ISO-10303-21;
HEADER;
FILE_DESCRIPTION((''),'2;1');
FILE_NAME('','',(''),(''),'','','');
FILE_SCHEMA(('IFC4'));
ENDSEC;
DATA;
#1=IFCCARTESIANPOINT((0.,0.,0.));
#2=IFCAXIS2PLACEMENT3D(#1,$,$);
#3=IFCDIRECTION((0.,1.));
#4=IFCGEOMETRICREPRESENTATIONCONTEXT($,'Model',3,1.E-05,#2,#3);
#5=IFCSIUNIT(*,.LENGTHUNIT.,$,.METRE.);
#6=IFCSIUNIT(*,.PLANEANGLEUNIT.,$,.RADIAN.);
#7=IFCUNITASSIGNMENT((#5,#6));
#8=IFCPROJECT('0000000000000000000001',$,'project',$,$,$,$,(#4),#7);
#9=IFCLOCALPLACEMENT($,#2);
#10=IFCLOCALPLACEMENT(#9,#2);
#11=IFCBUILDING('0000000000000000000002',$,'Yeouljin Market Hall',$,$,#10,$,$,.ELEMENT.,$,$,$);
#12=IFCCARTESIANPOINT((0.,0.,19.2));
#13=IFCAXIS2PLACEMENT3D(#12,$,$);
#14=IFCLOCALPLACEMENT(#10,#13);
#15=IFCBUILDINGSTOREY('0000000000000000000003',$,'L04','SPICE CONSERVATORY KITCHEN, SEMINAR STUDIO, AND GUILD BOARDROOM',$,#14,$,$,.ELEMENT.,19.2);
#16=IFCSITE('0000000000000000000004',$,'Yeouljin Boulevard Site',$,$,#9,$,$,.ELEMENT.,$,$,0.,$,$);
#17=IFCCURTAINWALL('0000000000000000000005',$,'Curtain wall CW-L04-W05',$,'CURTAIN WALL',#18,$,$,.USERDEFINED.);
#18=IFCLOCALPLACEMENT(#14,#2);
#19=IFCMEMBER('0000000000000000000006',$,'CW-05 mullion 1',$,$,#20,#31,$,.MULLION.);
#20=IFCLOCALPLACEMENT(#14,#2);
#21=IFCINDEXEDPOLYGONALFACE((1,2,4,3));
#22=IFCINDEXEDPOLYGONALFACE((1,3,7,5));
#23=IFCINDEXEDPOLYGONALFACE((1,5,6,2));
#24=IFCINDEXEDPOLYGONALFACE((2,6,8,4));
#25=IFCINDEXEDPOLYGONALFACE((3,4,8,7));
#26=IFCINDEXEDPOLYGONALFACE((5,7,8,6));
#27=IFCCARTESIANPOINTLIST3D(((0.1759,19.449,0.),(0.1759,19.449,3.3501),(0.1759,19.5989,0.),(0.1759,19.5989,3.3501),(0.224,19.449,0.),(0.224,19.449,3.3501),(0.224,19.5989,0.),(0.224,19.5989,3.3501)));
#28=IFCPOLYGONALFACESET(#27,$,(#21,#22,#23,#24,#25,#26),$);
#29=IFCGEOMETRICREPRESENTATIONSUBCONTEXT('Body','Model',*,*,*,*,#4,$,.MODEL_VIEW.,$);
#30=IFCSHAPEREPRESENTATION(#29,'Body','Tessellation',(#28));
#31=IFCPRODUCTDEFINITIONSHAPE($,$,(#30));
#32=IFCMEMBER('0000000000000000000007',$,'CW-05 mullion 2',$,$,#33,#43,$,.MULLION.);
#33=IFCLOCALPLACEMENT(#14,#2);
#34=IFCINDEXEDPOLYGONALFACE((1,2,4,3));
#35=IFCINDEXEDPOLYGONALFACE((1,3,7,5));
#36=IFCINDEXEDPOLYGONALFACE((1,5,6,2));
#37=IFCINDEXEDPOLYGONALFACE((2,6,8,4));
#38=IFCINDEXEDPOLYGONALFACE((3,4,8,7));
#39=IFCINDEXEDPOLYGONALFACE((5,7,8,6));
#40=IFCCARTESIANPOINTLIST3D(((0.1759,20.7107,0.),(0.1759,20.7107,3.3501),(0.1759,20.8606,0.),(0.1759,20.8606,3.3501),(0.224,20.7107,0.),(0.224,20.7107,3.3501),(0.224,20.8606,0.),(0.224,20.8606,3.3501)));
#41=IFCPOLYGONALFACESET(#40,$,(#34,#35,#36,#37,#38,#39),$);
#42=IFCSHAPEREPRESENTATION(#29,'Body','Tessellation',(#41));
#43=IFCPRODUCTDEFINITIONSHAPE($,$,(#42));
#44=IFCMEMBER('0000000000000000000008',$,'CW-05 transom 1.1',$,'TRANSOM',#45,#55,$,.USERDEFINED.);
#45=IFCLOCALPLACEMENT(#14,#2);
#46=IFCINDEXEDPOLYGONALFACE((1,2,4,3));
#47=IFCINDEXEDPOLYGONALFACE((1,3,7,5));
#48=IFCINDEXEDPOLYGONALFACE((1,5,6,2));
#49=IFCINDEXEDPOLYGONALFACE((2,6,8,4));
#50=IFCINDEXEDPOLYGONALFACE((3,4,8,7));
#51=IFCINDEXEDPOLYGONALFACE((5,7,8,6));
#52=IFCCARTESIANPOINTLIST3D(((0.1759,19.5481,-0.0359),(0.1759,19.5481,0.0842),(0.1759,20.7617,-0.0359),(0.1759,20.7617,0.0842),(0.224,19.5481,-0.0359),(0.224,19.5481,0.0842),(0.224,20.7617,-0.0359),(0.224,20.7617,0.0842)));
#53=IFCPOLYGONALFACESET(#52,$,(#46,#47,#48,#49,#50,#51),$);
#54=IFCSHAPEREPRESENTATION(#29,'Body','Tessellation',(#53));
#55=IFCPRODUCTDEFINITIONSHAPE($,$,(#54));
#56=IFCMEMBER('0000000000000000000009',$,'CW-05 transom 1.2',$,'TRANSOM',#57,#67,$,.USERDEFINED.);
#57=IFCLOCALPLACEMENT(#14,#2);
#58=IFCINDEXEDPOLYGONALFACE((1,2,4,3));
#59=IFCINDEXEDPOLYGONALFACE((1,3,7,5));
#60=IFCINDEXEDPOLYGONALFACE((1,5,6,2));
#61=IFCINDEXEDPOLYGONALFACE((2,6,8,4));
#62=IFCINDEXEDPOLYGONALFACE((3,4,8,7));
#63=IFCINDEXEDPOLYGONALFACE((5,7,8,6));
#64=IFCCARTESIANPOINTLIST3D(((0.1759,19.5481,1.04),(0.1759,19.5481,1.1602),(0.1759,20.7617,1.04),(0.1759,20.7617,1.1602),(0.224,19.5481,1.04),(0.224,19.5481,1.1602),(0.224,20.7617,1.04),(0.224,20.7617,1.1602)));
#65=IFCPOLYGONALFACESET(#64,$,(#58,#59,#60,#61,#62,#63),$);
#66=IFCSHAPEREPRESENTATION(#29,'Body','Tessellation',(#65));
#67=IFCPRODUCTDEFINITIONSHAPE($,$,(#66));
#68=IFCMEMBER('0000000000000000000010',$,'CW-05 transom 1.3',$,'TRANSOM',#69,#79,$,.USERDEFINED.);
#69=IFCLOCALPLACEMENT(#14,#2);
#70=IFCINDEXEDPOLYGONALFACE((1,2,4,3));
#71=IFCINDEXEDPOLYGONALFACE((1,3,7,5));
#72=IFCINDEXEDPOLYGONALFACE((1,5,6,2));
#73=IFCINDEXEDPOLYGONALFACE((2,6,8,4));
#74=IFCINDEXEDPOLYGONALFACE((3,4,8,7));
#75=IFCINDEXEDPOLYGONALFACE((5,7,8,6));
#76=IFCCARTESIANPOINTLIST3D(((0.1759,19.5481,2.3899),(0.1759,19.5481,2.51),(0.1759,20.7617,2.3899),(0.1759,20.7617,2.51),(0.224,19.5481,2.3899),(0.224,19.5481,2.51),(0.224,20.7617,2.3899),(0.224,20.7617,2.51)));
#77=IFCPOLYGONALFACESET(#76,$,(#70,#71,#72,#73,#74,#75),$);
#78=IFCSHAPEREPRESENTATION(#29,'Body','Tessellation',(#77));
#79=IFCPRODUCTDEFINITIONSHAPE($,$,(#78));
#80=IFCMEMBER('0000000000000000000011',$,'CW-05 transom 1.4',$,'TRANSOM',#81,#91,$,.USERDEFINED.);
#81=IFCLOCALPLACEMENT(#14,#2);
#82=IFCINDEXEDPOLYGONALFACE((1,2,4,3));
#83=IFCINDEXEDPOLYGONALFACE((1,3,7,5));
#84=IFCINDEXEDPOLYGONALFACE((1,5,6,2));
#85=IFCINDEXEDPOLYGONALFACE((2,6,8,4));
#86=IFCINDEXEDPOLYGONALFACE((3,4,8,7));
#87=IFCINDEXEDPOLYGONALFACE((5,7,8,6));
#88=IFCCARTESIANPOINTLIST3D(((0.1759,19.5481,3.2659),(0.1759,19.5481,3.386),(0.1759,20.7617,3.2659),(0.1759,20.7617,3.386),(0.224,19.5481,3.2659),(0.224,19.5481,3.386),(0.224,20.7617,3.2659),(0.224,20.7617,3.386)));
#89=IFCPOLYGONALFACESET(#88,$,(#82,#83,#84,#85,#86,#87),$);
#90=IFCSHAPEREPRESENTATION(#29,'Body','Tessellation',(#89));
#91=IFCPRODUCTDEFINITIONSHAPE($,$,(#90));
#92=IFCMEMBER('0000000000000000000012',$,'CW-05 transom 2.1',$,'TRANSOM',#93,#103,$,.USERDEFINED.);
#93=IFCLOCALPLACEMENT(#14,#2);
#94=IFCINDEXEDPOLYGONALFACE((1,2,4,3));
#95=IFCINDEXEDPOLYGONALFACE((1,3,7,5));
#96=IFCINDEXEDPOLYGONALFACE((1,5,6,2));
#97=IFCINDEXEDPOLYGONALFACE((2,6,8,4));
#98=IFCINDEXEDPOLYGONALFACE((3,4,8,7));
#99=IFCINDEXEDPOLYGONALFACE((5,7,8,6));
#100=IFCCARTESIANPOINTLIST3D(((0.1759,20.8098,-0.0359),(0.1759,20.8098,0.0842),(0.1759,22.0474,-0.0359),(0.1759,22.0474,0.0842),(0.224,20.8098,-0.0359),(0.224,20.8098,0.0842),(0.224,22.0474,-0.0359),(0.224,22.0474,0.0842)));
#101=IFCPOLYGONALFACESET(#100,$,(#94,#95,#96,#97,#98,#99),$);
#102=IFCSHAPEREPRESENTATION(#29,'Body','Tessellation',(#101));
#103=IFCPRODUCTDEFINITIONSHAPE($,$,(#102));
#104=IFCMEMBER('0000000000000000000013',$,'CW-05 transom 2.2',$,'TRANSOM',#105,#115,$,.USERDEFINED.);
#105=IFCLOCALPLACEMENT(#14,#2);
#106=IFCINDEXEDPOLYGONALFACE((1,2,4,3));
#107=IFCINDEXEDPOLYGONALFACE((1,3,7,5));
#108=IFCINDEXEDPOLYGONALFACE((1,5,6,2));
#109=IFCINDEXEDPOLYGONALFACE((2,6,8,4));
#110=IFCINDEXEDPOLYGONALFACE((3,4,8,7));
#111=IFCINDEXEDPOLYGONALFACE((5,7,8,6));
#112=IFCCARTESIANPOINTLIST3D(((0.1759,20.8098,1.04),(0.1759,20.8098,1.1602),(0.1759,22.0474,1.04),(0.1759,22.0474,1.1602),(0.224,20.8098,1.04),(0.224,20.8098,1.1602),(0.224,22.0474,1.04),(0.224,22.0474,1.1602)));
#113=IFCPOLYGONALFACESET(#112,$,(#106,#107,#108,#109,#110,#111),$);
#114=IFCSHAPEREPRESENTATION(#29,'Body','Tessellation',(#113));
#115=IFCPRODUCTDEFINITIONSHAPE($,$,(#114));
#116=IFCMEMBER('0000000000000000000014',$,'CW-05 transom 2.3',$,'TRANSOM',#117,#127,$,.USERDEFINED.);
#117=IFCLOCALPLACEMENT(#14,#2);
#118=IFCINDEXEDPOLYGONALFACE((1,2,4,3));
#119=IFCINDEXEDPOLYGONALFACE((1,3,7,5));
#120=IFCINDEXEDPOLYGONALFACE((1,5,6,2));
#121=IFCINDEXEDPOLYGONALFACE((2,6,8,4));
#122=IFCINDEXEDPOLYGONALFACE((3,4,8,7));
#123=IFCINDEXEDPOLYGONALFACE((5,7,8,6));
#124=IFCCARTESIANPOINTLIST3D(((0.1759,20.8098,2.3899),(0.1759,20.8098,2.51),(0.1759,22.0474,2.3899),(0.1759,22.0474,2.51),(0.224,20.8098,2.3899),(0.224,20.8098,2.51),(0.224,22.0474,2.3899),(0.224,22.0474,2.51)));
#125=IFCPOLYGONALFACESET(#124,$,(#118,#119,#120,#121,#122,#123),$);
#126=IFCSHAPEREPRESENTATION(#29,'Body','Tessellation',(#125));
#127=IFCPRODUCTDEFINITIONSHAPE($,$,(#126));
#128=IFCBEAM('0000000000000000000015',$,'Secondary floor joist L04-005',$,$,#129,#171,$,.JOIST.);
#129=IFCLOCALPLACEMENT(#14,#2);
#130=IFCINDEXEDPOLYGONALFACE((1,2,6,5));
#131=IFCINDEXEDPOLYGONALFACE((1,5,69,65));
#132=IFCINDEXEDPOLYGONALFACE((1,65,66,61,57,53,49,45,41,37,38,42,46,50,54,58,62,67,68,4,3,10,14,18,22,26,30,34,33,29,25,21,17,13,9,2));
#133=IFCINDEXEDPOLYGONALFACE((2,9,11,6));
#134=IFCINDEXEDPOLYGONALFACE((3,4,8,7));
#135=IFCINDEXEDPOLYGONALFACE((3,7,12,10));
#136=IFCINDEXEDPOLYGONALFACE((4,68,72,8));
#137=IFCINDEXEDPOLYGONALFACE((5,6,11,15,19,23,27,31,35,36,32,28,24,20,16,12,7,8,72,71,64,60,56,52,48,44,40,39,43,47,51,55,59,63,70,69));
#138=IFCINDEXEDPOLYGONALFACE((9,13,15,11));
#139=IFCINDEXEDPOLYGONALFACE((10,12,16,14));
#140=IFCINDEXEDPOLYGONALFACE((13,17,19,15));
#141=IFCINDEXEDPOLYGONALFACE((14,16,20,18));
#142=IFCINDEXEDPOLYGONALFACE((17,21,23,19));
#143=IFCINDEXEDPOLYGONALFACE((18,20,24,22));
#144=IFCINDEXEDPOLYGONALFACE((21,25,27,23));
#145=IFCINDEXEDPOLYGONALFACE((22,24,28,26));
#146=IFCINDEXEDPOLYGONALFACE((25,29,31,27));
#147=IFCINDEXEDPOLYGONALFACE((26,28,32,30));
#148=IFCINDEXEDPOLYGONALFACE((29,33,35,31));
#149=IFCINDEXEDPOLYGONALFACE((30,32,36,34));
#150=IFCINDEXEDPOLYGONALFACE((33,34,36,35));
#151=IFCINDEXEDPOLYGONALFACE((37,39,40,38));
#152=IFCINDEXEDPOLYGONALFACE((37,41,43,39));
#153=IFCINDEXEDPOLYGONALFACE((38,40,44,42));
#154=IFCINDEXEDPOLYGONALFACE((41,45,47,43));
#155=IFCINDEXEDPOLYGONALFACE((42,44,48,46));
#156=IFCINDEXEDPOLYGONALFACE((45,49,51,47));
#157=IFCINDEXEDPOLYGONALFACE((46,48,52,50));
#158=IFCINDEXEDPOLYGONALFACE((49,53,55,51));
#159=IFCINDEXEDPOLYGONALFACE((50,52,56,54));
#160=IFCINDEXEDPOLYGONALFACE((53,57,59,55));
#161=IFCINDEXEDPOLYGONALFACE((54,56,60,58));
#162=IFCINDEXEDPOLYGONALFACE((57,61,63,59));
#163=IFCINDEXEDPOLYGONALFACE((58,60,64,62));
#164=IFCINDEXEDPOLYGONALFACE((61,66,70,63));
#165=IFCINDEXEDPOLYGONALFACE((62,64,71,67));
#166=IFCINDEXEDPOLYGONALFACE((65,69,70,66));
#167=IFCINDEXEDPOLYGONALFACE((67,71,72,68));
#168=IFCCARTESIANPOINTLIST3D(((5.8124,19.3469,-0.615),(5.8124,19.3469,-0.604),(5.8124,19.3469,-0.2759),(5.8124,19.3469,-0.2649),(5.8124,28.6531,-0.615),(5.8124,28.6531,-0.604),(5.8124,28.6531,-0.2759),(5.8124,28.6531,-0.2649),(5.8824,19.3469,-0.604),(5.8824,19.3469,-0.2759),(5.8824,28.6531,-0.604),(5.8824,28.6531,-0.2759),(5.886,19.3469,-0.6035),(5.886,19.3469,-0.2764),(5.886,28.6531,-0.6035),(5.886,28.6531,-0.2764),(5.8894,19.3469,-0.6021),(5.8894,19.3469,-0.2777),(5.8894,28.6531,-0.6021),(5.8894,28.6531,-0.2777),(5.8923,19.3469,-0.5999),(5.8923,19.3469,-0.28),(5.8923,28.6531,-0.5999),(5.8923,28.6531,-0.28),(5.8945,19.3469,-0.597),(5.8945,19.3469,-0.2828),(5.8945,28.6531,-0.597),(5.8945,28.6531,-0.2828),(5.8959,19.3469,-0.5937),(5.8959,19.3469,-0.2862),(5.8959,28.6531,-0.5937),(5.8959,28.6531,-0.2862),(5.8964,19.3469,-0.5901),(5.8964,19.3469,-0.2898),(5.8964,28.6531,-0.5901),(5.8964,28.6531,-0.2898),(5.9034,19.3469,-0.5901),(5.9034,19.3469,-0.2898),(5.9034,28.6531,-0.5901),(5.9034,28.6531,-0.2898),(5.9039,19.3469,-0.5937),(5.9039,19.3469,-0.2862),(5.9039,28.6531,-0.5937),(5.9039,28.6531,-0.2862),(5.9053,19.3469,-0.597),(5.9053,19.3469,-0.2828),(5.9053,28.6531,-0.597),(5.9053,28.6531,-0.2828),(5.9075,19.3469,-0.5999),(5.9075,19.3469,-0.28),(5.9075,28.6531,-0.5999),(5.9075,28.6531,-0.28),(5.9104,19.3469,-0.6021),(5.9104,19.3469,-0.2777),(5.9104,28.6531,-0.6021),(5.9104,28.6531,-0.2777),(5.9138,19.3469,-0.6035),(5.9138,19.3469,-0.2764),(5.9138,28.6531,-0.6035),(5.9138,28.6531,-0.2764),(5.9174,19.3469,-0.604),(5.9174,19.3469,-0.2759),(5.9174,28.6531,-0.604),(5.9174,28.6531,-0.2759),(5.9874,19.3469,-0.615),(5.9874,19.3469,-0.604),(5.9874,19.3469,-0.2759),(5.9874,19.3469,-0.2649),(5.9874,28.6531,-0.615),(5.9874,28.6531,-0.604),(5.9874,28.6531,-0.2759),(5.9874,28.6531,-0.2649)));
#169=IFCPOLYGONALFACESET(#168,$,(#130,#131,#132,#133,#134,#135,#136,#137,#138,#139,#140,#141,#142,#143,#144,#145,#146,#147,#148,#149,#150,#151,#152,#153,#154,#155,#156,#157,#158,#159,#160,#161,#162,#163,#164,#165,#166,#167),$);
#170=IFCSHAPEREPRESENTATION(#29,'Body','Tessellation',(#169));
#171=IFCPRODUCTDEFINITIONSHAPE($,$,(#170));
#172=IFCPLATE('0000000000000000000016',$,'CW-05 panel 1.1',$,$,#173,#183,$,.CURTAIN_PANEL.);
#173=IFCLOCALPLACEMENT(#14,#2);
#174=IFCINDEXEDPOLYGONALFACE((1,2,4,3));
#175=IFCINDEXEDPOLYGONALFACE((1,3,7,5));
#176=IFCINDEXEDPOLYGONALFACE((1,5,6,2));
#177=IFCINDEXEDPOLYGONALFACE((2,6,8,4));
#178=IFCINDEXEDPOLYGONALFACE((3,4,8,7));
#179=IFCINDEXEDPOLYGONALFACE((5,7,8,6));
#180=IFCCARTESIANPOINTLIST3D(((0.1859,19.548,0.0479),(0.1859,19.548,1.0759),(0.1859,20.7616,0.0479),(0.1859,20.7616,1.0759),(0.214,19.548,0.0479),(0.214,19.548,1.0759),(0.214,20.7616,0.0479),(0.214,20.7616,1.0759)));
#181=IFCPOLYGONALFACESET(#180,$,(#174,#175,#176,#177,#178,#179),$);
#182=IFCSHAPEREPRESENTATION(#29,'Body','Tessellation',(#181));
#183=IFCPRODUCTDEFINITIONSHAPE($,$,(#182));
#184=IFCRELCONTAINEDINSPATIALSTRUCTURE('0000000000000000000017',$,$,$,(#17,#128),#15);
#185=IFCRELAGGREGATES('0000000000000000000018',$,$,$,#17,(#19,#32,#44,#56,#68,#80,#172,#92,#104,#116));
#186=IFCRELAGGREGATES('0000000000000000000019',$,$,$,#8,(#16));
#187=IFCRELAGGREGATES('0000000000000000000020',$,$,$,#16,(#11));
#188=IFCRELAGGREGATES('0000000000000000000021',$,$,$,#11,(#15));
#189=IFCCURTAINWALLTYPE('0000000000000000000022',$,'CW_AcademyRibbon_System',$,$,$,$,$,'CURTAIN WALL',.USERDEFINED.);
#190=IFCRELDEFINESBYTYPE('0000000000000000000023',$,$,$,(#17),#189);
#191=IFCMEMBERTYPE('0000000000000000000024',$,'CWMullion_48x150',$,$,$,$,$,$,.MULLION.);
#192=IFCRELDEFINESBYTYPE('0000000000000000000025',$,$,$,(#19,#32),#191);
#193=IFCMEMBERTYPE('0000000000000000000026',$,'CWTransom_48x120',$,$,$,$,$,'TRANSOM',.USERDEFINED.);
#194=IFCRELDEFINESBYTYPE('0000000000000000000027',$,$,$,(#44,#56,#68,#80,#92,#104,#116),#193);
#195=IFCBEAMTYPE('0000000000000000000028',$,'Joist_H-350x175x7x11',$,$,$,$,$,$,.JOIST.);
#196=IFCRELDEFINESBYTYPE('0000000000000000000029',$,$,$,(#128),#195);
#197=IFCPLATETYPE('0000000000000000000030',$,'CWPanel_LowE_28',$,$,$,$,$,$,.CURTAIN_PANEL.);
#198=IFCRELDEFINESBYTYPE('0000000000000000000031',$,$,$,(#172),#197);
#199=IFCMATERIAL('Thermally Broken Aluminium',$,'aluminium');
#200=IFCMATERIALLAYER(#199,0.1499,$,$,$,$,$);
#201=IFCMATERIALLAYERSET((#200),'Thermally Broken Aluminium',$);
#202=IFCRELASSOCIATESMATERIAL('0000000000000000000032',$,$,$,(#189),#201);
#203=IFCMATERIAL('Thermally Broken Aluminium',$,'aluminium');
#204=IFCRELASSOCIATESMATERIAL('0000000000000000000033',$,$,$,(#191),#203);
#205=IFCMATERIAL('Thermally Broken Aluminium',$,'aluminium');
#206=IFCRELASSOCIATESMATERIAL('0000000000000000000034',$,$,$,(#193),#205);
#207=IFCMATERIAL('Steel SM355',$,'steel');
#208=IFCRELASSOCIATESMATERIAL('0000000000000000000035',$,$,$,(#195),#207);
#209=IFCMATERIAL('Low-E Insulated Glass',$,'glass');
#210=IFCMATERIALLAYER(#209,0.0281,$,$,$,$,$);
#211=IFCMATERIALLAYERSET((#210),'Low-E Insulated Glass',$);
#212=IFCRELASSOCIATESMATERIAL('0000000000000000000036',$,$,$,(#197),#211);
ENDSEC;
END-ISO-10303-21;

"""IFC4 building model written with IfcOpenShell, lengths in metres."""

from ifc_helpers import new_model, si_unit, direction, frame, origin, origin_2d, place, context, subcontext, project, spatial, rectangle, i_section, extrude, material, layer, layer_set, material_profile, profile_set, type_object, element, aggregate, save


model = new_model("IFC4")

# Units and contexts
model_context = context("Model", 3, precision=1e-05, world=origin(), true_north=direction((0.0, 1.0)))
body_context = subcontext(model_context, "Body", "Model", "MODEL_VIEW")
ifc_project = project(units=[si_unit("LENGTHUNIT", "METRE"), si_unit("PLANEANGLEUNIT", "RADIAN")], contexts=[model_context])

# Site, building, storey
site_placement = place(None, origin())
site = spatial("IfcSite", under=ifc_project, at=site_placement, Name="Yeouljin Boulevard Site", CompositionType="ELEMENT", RefElevation=0.0)
building_placement = place(site_placement, origin())
building = spatial("IfcBuilding", under=site, at=building_placement, Name="Yeouljin Market Hall", CompositionType="ELEMENT")
storey_placement = place(building_placement, frame((0.0, 0.0, 19.2)))
storey = spatial("IfcBuildingStorey", under=building, at=storey_placement, Name="L04", Description="SPICE CONSERVATORY KITCHEN, SEMINAR STUDIO, AND GUILD BOARDROOM", CompositionType="ELEMENT", Elevation=19.2)

# Curtain wall, members
ifc_material_1 = material(Name="Thermally Broken Aluminium", Category="aluminium")
ifc_layer_1 = layer(ifc_material_1, 0.1499)
ifc_layer_set_1 = layer_set([ifc_layer_1], Name="Thermally Broken Aluminium")
curtain_wall_type = type_object("IfcCurtainWallType", Name="CW_AcademyRibbon_System", ElementType="CURTAIN WALL", PredefinedType="USERDEFINED", material=ifc_layer_set_1)
curtain_wall_placement = place(storey_placement, origin())
curtain_wall = element("IfcCurtainWall", 1, at=curtain_wall_placement, inside=storey, type_object=curtain_wall_type, Name="Curtain wall CW-L04-W05", ObjectType="CURTAIN WALL", PredefinedType="USERDEFINED")
ifc_material_2 = material(Name="Thermally Broken Aluminium", Category="aluminium")
ifc_material_profile_1 = material_profile(ifc_material_2, rectangle(XDim=0.0481, YDim=0.1499, at=origin_2d()), Name="CW-MULL-48x150")
ifc_profile_set_1 = profile_set([ifc_material_profile_1], Name="Thermally Broken Aluminium")
member_type_1 = type_object("IfcMemberType", Name="CWMullion_48x150", PredefinedType="MULLION", material=ifc_profile_set_1)
member_1_placement = place(storey_placement, frame((0.2, 19.5239, 0.0), z_axis=(0.0, 0.0, 1.0), x_axis=(-1.0, 0.0, 0.0)))
member_1 = element("IfcMember", 2, at=member_1_placement, type_object=member_type_1, Name="CW-05 mullion 1", PredefinedType="MULLION", context=body_context, shape_type="SweptSolid", body=[
    extrude(rectangle(XDim=0.0481, YDim=0.1499, at=origin_2d()), origin(), (0.0, 0.0, 1.0), 3.3501),
])
member_2_placement = place(storey_placement, frame((0.2, 20.7856, 0.0), z_axis=(0.0, 0.0, 1.0), x_axis=(-1.0, 0.0, 0.0)))
member_2 = element("IfcMember", 3, at=member_2_placement, type_object=member_type_1, Name="CW-05 mullion 2", PredefinedType="MULLION", context=body_context, shape_type="SweptSolid", body=[
    extrude(rectangle(XDim=0.0481, YDim=0.1499, at=origin_2d()), origin(), (0.0, 0.0, 1.0), 3.3501),
])
ifc_material_3 = material(Name="Thermally Broken Aluminium", Category="aluminium")
ifc_material_profile_2 = material_profile(ifc_material_3, rectangle(XDim=0.0481, YDim=0.1201, at=origin_2d()), Name="CW-TRAN-48x120")
ifc_profile_set_2 = profile_set([ifc_material_profile_2], Name="Thermally Broken Aluminium")
member_type_2 = type_object("IfcMemberType", Name="CWTransom_48x120", ElementType="TRANSOM", PredefinedType="USERDEFINED", material=ifc_profile_set_2)
member_3_placement = place(storey_placement, frame((0.2, 19.5481, 0.0242), z_axis=(0.0, 1.0, 0.0), x_axis=(-1.0, 0.0, 0.0)))
member_3 = element("IfcMember", 4, at=member_3_placement, type_object=member_type_2, Name="CW-05 transom 1.1", ObjectType="TRANSOM", PredefinedType="USERDEFINED", context=body_context, shape_type="SweptSolid", body=[
    extrude(rectangle(XDim=0.0481, YDim=0.1201, at=origin_2d()), origin(), (0.0, 0.0, 1.0), 1.2136),
])
member_4_placement = place(storey_placement, frame((0.2, 19.5481, 1.1001), z_axis=(0.0, 1.0, 0.0), x_axis=(-1.0, 0.0, 0.0)))
member_4 = element("IfcMember", 5, at=member_4_placement, type_object=member_type_2, Name="CW-05 transom 1.2", ObjectType="TRANSOM", PredefinedType="USERDEFINED", context=body_context, shape_type="SweptSolid", body=[
    extrude(rectangle(XDim=0.0481, YDim=0.1201, at=origin_2d()), origin(), (0.0, 0.0, 1.0), 1.2136),
])
member_5_placement = place(storey_placement, frame((0.2, 19.5481, 2.45), z_axis=(0.0, 1.0, 0.0), x_axis=(-1.0, 0.0, 0.0)))
member_5 = element("IfcMember", 6, at=member_5_placement, type_object=member_type_2, Name="CW-05 transom 1.3", ObjectType="TRANSOM", PredefinedType="USERDEFINED", context=body_context, shape_type="SweptSolid", body=[
    extrude(rectangle(XDim=0.0481, YDim=0.1201, at=origin_2d()), origin(), (0.0, 0.0, 1.0), 1.2136),
])
member_6_placement = place(storey_placement, frame((0.2, 19.5481, 3.3259), z_axis=(0.0, 1.0, 0.0), x_axis=(-1.0, 0.0, 0.0)))
member_6 = element("IfcMember", 7, at=member_6_placement, type_object=member_type_2, Name="CW-05 transom 1.4", ObjectType="TRANSOM", PredefinedType="USERDEFINED", context=body_context, shape_type="SweptSolid", body=[
    extrude(rectangle(XDim=0.0481, YDim=0.1201, at=origin_2d()), origin(), (0.0, 0.0, 1.0), 1.2136),
])
member_7_placement = place(storey_placement, frame((0.2, 20.8098, 0.0242), z_axis=(0.0, 1.0, 0.0), x_axis=(-1.0, 0.0, 0.0)))
member_7 = element("IfcMember", 8, at=member_7_placement, type_object=member_type_2, Name="CW-05 transom 2.1", ObjectType="TRANSOM", PredefinedType="USERDEFINED", context=body_context, shape_type="SweptSolid", body=[
    extrude(rectangle(XDim=0.0481, YDim=0.1201, at=origin_2d()), origin(), (0.0, 0.0, 1.0), 1.2375),
])
member_8_placement = place(storey_placement, frame((0.2, 20.8098, 1.1001), z_axis=(0.0, 1.0, 0.0), x_axis=(-1.0, 0.0, 0.0)))
member_8 = element("IfcMember", 9, at=member_8_placement, type_object=member_type_2, Name="CW-05 transom 2.2", ObjectType="TRANSOM", PredefinedType="USERDEFINED", context=body_context, shape_type="SweptSolid", body=[
    extrude(rectangle(XDim=0.0481, YDim=0.1201, at=origin_2d()), origin(), (0.0, 0.0, 1.0), 1.2375),
])
member_9_placement = place(storey_placement, frame((0.2, 20.8098, 2.45), z_axis=(0.0, 1.0, 0.0), x_axis=(-1.0, 0.0, 0.0)))
member_9 = element("IfcMember", 10, at=member_9_placement, type_object=member_type_2, Name="CW-05 transom 2.3", ObjectType="TRANSOM", PredefinedType="USERDEFINED", context=body_context, shape_type="SweptSolid", body=[
    extrude(rectangle(XDim=0.0481, YDim=0.1201, at=origin_2d()), origin(), (0.0, 0.0, 1.0), 1.2375),
])

# Beam
ifc_material_4 = material(Name="Steel SM355", Category="steel")
ifc_material_profile_3 = material_profile(ifc_material_4, i_section(OverallWidth=0.175, OverallDepth=0.3501, WebThickness=0.0071, FlangeThickness=0.011, FilletRadius=0.0139, at=origin_2d()), Name="H-350x175x7x11")
ifc_profile_set_3 = profile_set([ifc_material_profile_3], Name="Steel SM355")
beam_type = type_object("IfcBeamType", Name="Joist_H-350x175x7x11", PredefinedType="JOIST", material=ifc_profile_set_3)
beam_placement = place(storey_placement, frame((5.8999, 19.3469, -0.4399), z_axis=(0.0, 1.0, 0.0), x_axis=(-1.0, 0.0, 0.0)))
element("IfcBeam", 11, at=beam_placement, inside=storey, type_object=beam_type, Name="Secondary floor joist L04-005", PredefinedType="JOIST", context=body_context, shape_type="SweptSolid", body=[
    extrude(i_section(OverallWidth=0.175, OverallDepth=0.3501, WebThickness=0.0071, FlangeThickness=0.011, FilletRadius=0.0139, at=origin_2d()), origin(), (0.0, 0.0, 1.0), 9.3062),
])

# Plate
ifc_material_5 = material(Name="Low-E Insulated Glass", Category="glass")
ifc_layer_2 = layer(ifc_material_5, 0.0281)
ifc_layer_set_2 = layer_set([ifc_layer_2], Name="Low-E Insulated Glass")
plate_type = type_object("IfcPlateType", Name="CWPanel_LowE_28", PredefinedType="CURTAIN_PANEL", material=ifc_layer_set_2)
plate_1_placement = place(storey_placement, frame((0.2, 20.1548, 0.0479), z_axis=(0.0, 0.0, 1.0), x_axis=(0.0, 1.0, 0.0)))
plate_1 = element("IfcPlate", 12, at=plate_1_placement, type_object=plate_type, Name="CW-05 panel 1.1", PredefinedType="CURTAIN_PANEL", context=body_context, shape_type="SweptSolid", body=[
    extrude(rectangle(XDim=1.2136, YDim=0.0281, at=origin_2d()), origin(), (0.0, 0.0, 1.0), 1.0281),
])
aggregate(curtain_wall, [member_1, member_2, member_3, member_4, member_5, member_6, plate_1, member_7, member_8, member_9])

save(model, "model.ifc")
